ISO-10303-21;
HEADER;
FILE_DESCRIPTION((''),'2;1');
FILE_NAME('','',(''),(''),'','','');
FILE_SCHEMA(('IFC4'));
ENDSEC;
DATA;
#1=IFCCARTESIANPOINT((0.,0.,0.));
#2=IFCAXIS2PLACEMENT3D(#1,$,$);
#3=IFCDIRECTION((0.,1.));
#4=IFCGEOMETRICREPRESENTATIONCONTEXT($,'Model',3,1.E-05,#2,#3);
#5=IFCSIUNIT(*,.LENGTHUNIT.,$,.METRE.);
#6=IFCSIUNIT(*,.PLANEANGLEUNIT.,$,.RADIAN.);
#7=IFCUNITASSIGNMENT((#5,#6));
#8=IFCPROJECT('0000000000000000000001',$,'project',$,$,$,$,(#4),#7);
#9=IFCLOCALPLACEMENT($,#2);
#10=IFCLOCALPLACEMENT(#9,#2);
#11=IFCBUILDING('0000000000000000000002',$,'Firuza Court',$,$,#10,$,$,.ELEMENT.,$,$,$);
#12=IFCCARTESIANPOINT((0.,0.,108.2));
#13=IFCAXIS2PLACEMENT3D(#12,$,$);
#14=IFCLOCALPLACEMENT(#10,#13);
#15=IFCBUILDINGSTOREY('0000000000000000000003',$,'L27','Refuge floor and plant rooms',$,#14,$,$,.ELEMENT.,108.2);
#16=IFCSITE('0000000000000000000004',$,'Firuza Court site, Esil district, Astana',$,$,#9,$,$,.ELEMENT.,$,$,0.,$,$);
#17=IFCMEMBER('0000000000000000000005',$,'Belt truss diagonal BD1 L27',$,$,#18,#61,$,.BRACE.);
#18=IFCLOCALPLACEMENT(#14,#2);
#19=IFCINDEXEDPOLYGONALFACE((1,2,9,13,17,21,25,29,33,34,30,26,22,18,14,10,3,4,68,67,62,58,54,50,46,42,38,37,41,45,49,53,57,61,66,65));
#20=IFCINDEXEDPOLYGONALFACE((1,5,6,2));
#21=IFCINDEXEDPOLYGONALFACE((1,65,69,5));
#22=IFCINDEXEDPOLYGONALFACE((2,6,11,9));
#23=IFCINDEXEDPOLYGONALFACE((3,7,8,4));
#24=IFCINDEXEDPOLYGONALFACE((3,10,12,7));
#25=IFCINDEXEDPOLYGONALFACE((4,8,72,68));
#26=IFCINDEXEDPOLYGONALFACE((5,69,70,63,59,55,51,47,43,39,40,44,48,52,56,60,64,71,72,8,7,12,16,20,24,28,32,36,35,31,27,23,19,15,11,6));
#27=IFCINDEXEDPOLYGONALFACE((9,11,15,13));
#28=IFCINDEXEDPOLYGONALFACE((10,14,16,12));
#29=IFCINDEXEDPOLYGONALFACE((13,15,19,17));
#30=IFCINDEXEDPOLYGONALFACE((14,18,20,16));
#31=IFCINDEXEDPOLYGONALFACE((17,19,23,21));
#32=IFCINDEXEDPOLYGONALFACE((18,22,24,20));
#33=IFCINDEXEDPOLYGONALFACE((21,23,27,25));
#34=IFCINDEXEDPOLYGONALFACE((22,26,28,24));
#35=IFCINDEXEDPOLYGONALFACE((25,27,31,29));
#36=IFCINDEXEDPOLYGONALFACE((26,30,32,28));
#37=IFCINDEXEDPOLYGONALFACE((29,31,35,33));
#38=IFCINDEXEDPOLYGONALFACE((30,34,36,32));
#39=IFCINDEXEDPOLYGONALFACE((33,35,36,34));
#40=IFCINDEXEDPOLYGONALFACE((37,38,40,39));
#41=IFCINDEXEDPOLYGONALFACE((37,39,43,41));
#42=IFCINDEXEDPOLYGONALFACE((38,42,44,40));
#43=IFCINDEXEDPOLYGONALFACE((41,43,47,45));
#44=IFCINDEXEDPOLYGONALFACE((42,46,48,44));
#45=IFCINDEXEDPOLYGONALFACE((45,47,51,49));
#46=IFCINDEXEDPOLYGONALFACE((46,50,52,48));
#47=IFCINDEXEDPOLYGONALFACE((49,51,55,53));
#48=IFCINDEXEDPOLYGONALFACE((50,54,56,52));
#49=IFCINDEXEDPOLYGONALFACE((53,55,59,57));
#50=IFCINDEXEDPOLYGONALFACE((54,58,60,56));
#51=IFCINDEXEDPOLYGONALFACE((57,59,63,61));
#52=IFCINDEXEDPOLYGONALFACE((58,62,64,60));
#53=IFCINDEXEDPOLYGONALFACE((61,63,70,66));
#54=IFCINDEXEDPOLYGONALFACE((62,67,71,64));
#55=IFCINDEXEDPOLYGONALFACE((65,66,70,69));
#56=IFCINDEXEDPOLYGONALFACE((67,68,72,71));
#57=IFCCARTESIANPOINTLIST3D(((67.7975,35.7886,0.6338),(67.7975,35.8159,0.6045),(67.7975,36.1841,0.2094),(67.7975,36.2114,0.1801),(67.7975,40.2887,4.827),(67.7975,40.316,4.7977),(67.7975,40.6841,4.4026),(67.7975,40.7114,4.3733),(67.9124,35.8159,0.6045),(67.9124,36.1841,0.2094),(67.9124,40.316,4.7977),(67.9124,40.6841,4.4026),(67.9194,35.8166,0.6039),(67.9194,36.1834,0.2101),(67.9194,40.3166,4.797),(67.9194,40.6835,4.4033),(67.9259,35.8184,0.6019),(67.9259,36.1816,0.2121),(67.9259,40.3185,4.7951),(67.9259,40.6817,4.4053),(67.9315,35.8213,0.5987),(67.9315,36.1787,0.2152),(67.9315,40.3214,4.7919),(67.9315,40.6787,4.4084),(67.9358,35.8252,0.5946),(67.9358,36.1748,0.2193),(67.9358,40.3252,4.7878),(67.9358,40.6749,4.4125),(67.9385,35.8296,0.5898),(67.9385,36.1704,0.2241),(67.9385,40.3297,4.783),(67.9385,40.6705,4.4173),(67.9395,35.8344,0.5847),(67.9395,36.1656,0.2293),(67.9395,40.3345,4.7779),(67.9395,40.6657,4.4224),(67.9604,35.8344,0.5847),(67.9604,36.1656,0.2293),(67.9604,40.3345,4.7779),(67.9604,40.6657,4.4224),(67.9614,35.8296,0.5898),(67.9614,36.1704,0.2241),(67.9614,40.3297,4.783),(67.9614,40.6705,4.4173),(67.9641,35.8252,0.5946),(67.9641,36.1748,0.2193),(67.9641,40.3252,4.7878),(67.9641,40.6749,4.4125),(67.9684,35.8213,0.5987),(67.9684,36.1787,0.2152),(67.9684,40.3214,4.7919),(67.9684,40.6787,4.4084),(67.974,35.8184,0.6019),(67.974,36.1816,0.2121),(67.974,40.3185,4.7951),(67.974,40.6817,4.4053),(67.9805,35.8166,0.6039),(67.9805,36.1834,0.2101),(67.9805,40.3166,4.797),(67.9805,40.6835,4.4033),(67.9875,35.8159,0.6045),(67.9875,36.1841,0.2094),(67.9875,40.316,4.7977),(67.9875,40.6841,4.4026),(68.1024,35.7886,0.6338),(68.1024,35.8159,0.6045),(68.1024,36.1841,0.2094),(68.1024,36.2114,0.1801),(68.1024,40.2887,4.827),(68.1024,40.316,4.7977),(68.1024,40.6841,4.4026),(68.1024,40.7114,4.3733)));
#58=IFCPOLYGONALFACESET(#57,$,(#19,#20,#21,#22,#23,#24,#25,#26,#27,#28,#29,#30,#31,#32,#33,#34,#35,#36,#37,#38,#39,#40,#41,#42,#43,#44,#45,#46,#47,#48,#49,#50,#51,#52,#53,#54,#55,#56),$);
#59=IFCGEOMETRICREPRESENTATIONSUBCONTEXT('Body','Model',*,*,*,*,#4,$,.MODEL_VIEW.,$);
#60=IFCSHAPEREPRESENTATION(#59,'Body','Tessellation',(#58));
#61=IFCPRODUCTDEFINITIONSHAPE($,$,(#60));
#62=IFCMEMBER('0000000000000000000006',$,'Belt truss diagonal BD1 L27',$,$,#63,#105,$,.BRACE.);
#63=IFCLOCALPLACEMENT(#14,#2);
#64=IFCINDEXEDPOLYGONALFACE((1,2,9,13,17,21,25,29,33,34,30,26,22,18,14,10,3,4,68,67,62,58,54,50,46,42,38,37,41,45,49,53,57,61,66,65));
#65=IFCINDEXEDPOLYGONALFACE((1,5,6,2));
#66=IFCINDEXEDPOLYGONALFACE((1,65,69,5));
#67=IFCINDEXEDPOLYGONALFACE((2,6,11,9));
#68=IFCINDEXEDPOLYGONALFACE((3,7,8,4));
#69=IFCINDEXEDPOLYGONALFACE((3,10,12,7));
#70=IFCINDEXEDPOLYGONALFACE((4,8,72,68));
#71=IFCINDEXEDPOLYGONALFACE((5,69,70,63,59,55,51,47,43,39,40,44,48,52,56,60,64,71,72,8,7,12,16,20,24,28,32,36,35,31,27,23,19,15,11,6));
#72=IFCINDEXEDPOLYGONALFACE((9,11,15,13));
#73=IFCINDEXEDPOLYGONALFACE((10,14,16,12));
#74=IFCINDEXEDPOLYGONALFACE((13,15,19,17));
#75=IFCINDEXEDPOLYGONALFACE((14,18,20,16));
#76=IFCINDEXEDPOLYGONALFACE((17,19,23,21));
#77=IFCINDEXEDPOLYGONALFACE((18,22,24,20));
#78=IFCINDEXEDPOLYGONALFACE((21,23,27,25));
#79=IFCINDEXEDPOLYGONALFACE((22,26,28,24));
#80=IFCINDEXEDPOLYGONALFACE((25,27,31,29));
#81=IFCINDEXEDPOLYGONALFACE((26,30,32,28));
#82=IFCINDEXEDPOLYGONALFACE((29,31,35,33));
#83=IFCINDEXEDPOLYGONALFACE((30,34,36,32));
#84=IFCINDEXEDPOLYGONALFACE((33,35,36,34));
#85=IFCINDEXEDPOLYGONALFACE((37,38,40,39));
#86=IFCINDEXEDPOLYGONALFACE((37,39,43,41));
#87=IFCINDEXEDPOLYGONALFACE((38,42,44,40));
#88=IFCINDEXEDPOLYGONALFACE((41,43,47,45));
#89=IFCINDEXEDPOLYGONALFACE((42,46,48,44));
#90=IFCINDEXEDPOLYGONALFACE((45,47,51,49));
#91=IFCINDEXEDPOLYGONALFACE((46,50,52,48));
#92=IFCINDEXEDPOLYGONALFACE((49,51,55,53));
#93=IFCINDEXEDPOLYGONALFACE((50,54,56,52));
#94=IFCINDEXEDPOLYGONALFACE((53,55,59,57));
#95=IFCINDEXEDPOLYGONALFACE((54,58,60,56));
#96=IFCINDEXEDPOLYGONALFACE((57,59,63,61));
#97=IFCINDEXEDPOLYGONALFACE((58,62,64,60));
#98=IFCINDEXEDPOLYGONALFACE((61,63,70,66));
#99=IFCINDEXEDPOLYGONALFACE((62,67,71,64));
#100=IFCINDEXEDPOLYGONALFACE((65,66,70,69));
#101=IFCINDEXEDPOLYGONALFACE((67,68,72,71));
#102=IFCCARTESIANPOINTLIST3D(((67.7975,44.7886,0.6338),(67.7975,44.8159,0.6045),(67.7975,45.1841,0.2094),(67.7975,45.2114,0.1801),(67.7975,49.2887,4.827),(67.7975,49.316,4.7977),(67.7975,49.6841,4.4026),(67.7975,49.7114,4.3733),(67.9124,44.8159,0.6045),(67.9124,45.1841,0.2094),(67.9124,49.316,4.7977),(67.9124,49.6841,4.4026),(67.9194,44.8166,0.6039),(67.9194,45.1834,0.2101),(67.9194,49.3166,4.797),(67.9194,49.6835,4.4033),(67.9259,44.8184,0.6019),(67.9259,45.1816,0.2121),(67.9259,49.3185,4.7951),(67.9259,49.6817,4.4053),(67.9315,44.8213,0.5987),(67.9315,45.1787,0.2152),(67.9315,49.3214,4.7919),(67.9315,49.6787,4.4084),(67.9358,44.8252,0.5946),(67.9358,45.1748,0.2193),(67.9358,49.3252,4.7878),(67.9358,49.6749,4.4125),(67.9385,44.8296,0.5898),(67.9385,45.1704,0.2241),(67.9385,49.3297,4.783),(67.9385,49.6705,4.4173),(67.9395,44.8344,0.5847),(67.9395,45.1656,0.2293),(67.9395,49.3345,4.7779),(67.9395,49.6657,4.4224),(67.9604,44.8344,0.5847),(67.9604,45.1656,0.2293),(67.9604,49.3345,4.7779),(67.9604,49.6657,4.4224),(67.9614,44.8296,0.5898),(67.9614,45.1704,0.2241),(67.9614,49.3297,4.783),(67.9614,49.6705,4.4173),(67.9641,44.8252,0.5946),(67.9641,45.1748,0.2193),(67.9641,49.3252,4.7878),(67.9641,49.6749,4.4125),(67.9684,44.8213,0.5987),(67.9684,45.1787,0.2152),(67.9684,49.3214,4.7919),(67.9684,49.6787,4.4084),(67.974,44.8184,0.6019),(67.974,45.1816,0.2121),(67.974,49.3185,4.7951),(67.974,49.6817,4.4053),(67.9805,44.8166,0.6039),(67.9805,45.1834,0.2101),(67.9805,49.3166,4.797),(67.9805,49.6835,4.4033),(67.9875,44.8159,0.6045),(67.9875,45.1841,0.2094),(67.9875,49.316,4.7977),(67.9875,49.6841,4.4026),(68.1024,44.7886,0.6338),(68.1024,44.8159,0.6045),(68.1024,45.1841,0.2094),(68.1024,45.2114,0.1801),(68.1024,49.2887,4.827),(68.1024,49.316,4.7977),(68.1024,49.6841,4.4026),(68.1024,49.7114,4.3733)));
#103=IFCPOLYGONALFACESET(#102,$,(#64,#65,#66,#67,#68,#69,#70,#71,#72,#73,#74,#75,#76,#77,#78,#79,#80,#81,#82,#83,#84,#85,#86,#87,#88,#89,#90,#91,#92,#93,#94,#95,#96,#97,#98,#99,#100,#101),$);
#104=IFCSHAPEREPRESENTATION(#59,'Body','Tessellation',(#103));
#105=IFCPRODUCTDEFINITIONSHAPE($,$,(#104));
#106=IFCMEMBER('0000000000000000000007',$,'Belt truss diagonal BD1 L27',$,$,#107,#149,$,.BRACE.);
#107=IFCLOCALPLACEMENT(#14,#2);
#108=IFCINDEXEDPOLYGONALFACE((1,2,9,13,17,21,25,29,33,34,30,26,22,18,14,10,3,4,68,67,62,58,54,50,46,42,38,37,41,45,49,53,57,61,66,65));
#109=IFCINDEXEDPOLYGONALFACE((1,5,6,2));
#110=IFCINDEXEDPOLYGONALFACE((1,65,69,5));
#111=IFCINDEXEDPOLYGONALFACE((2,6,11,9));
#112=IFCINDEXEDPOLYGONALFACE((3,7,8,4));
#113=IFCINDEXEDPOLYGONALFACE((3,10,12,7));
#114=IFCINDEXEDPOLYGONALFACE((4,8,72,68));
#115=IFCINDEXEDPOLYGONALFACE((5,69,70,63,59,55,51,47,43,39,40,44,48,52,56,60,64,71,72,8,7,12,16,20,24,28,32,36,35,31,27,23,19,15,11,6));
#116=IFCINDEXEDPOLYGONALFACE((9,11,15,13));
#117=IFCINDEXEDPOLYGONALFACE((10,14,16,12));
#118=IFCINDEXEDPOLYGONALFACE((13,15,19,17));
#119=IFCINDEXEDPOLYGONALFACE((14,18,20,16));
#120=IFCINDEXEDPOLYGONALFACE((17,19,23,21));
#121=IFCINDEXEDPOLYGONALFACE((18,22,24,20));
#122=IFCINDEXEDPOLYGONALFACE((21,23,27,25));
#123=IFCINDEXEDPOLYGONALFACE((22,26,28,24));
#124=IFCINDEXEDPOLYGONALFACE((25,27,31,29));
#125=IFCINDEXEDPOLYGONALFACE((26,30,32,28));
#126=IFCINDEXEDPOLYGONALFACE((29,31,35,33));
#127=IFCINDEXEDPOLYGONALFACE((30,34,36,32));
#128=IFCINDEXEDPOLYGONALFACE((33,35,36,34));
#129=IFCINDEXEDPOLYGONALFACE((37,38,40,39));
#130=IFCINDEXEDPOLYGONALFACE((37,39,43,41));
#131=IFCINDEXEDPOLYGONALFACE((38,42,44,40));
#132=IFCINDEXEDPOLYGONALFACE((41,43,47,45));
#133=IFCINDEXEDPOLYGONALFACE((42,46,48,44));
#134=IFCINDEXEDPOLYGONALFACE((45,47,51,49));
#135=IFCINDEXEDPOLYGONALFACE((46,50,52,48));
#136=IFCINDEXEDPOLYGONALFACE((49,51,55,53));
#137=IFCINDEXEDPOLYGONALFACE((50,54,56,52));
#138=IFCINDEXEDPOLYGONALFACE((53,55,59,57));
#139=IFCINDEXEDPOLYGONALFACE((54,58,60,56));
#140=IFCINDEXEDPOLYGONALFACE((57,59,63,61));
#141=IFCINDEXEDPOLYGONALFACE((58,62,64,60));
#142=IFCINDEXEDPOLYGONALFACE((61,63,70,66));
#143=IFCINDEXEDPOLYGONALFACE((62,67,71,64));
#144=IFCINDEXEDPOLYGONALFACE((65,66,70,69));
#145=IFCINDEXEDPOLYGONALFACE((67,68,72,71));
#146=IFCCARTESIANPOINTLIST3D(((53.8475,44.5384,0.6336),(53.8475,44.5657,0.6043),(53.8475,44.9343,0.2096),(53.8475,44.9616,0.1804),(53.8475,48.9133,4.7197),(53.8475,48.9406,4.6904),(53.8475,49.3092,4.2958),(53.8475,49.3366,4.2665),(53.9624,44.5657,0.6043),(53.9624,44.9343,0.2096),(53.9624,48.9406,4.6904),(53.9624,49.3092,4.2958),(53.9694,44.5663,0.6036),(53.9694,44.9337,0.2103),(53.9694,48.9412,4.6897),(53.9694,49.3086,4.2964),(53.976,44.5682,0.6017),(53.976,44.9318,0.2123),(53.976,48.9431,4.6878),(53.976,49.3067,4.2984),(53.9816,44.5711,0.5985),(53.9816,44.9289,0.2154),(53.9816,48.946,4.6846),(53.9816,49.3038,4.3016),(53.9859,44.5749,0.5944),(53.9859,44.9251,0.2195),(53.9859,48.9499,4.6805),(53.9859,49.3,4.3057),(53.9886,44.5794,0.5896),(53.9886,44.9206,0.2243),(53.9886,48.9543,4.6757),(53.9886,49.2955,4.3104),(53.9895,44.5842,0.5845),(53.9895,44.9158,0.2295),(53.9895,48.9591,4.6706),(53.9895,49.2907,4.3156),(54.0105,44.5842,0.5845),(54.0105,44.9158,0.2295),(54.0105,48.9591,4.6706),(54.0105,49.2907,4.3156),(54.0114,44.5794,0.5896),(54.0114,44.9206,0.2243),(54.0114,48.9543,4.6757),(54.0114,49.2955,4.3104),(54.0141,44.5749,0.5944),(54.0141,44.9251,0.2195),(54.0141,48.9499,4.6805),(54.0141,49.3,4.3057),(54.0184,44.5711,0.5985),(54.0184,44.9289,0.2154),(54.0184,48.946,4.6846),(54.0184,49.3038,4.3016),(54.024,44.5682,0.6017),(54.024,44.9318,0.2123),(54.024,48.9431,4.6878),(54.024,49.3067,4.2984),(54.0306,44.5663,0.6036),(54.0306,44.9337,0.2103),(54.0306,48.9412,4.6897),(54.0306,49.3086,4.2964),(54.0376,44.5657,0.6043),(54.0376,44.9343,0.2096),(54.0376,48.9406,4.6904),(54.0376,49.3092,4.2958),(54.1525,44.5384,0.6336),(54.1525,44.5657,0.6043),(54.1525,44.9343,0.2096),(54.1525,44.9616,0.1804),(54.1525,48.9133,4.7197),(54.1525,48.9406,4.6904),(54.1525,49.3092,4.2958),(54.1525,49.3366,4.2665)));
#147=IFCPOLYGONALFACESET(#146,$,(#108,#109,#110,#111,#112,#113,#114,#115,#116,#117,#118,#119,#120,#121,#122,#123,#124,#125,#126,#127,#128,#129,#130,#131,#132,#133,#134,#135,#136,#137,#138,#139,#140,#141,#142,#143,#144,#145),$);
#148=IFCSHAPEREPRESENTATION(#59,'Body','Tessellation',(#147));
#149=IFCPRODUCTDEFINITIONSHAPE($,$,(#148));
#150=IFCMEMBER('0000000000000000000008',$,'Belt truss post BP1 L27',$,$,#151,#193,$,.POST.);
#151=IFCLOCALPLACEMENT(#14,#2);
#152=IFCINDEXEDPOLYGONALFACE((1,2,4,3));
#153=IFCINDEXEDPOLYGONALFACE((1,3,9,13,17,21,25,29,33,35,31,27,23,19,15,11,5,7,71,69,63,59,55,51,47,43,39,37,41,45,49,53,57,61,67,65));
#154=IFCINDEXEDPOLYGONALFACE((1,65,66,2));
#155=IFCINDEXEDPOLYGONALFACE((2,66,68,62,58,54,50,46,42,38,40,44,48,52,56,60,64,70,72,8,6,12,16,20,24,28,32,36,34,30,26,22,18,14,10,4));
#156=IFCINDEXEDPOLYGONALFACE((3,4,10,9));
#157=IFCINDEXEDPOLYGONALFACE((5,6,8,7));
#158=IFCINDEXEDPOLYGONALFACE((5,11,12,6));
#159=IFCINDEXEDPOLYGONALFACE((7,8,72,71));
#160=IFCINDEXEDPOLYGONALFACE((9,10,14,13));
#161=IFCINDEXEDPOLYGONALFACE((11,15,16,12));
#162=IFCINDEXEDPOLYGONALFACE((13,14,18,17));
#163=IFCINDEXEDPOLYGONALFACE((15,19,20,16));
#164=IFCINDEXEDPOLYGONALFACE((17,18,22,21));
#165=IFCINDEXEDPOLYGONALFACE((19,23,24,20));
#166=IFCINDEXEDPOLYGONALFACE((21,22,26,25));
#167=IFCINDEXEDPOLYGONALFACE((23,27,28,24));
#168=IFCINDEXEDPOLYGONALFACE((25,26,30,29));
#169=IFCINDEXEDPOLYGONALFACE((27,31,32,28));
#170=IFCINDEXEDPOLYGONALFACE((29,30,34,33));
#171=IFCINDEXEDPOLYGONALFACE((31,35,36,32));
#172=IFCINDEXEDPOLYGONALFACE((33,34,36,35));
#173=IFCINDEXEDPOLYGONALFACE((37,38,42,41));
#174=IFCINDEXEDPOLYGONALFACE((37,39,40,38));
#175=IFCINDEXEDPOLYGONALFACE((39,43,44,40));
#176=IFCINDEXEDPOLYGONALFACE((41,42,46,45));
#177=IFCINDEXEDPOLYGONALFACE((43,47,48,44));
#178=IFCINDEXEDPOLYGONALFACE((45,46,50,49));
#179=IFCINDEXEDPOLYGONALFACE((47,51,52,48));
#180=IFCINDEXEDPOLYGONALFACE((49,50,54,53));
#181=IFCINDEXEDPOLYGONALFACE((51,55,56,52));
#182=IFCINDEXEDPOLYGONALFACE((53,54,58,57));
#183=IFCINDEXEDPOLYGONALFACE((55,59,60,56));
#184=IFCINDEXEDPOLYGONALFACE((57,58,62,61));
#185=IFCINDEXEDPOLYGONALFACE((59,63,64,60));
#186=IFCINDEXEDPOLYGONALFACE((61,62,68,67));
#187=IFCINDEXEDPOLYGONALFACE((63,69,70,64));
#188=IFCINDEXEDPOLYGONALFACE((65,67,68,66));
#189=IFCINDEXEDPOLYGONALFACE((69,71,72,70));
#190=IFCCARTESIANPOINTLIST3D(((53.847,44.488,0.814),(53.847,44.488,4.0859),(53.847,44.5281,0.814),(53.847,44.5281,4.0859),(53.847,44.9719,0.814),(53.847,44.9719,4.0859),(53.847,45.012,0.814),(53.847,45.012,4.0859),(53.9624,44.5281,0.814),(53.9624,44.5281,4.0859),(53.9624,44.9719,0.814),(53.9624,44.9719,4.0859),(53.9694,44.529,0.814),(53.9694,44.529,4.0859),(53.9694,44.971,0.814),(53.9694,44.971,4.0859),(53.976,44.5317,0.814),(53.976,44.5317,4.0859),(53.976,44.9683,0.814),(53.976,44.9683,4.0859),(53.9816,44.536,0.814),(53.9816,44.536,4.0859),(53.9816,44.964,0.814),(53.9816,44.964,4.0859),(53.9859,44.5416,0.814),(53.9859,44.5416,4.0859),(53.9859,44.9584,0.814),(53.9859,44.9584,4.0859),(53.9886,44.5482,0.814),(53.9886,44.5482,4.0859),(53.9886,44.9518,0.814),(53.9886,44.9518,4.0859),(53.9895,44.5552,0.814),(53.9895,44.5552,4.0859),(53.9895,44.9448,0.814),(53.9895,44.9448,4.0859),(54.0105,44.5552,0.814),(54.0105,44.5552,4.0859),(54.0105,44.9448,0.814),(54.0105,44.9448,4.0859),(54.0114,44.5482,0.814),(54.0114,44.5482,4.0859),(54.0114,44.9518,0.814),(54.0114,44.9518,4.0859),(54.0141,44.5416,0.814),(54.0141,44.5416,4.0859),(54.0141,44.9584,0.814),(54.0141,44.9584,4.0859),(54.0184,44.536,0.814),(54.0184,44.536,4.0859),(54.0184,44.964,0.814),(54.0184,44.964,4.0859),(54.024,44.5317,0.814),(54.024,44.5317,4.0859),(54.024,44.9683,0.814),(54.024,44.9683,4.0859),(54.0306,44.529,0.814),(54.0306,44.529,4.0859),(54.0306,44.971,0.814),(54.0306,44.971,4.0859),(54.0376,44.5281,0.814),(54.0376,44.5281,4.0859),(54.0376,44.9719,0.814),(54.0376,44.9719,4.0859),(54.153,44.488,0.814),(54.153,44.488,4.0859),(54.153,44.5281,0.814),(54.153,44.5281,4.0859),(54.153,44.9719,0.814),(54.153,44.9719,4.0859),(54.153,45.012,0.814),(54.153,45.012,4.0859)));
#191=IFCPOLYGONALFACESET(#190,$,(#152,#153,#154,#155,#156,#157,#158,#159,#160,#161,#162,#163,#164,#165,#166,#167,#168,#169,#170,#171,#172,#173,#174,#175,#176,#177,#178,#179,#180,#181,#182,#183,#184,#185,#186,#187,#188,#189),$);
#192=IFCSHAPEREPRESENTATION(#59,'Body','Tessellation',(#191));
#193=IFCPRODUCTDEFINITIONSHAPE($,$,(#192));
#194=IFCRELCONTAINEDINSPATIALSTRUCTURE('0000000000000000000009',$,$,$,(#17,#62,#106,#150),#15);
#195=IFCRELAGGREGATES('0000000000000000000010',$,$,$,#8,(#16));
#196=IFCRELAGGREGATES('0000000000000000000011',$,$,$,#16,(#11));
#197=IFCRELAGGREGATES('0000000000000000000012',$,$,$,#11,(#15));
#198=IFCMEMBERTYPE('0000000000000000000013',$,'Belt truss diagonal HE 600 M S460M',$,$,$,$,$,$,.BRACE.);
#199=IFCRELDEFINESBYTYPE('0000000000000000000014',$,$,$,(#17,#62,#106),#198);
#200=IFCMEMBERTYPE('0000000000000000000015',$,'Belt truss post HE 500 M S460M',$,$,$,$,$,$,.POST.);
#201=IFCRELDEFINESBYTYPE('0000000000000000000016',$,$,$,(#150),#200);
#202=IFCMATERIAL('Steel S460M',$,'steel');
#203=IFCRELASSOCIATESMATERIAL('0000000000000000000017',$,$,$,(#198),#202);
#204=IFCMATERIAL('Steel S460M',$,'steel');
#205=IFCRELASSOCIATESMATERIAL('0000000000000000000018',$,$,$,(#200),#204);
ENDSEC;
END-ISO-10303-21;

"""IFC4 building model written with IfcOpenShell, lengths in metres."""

from ifc_helpers import new_model, si_unit, direction, frame, origin, origin_2d, place, context, subcontext, project, spatial, i_section, extrude, material, material_profile, profile_set, type_object, element, save


model = new_model("IFC4")

# Units and contexts
model_context = context("Model", 3, precision=1e-05, world=origin(), true_north=direction((0.0, 1.0)))
body_context = subcontext(model_context, "Body", "Model", "MODEL_VIEW")
ifc_project = project(units=[si_unit("LENGTHUNIT", "METRE"), si_unit("PLANEANGLEUNIT", "RADIAN")], contexts=[model_context])

# Site, building, storey
site_placement = place(None, origin())
site = spatial("IfcSite", under=ifc_project, at=site_placement, Name="Firuza Court site, Esil district, Astana", CompositionType="ELEMENT", RefElevation=0.0)
building_placement = place(site_placement, origin())
building = spatial("IfcBuilding", under=site, at=building_placement, Name="Firuza Court", CompositionType="ELEMENT")
storey_placement = place(building_placement, frame((0.0, 0.0, 108.2)))
storey = spatial("IfcBuildingStorey", under=building, at=storey_placement, Name="L27", Description="Refuge floor and plant rooms", CompositionType="ELEMENT", Elevation=108.2)

# Members
ifc_material_1 = material(Name="Steel S460M", Category="steel")
ifc_material_profile_1 = material_profile(ifc_material_1, i_section(OverallWidth=0.3049, OverallDepth=0.6201, WebThickness=0.021, FlangeThickness=0.04, FilletRadius=0.0271, at=origin_2d()), Name="HE 600 M")
ifc_profile_set_1 = profile_set([ifc_material_profile_1], Name="Steel S460M")
member_type_1 = type_object("IfcMemberType", Name="Belt truss diagonal HE 600 M S460M", PredefinedType="BRACE", material=ifc_profile_set_1)
for number, where, z_axis, x_axis, name in (
    (1, (67.95, 36.0, 0.407), (0.0, 0.731613, 0.68172), (-1.0, 0.0, 0.0), "Belt truss diagonal BD1 L27"),
    (2, (67.95, 45.0, 0.407), (0.0, 0.731613, 0.68172), (-1.0, 0.0, 0.0), "Belt truss diagonal BD1 L27"),
):
    element("IfcMember", number, at=place(storey_placement, frame(where, z_axis=z_axis, x_axis=x_axis)), inside=storey, type_object=member_type_1, Name=name, PredefinedType="BRACE", context=body_context, shape_type="SweptSolid", body=[
        extrude(i_section(OverallWidth=0.3049, OverallDepth=0.6201, WebThickness=0.021, FlangeThickness=0.04, FilletRadius=0.0271, at=origin_2d()), origin(), (0.0, 0.0, 1.0), 6.1509),
    ])
member_placement = place(storey_placement, frame((54.0, 44.75, 0.407), z_axis=(0.0, 0.730818, 0.682572), x_axis=(-1.0, 0.0, 0.0)))
element("IfcMember", 3, at=member_placement, inside=storey, type_object=member_type_1, Name="Belt truss diagonal BD1 L27", PredefinedType="BRACE", context=body_context, shape_type="SweptSolid", body=[
    extrude(i_section(OverallWidth=0.3049, OverallDepth=0.6201, WebThickness=0.021, FlangeThickness=0.04, FilletRadius=0.0271, at=origin_2d()), origin(), (0.0, 0.0, 1.0), 5.9863),
])
ifc_material_2 = material(Name="Steel S460M", Category="steel")
ifc_material_profile_2 = material_profile(ifc_material_2, i_section(OverallWidth=0.3059, OverallDepth=0.5239, WebThickness=0.021, FlangeThickness=0.04, FilletRadius=0.0271, at=origin_2d()), Name="HE 500 M")
ifc_profile_set_2 = profile_set([ifc_material_profile_2], Name="Steel S460M")
member_type_2 = type_object("IfcMemberType", Name="Belt truss post HE 500 M S460M", PredefinedType="POST", material=ifc_profile_set_2)
for number, where, z_axis, x_axis, name in (
    (4, (54.0, 44.75, 0.814), (0.0, 0.0, 1.0), (1.0, 0.0, 0.0), "Belt truss post BP1 L27"),
):
    element("IfcMember", number, at=place(storey_placement, frame(where, z_axis=z_axis, x_axis=x_axis)), inside=storey, type_object=member_type_2, Name=name, PredefinedType="POST", context=body_context, shape_type="SweptSolid", body=[
        extrude(i_section(OverallWidth=0.3059, OverallDepth=0.5239, WebThickness=0.021, FlangeThickness=0.04, FilletRadius=0.0271, at=origin_2d()), origin(), (0.0, 0.0, 1.0), 3.272),
    ])

save(model, "model.ifc")
